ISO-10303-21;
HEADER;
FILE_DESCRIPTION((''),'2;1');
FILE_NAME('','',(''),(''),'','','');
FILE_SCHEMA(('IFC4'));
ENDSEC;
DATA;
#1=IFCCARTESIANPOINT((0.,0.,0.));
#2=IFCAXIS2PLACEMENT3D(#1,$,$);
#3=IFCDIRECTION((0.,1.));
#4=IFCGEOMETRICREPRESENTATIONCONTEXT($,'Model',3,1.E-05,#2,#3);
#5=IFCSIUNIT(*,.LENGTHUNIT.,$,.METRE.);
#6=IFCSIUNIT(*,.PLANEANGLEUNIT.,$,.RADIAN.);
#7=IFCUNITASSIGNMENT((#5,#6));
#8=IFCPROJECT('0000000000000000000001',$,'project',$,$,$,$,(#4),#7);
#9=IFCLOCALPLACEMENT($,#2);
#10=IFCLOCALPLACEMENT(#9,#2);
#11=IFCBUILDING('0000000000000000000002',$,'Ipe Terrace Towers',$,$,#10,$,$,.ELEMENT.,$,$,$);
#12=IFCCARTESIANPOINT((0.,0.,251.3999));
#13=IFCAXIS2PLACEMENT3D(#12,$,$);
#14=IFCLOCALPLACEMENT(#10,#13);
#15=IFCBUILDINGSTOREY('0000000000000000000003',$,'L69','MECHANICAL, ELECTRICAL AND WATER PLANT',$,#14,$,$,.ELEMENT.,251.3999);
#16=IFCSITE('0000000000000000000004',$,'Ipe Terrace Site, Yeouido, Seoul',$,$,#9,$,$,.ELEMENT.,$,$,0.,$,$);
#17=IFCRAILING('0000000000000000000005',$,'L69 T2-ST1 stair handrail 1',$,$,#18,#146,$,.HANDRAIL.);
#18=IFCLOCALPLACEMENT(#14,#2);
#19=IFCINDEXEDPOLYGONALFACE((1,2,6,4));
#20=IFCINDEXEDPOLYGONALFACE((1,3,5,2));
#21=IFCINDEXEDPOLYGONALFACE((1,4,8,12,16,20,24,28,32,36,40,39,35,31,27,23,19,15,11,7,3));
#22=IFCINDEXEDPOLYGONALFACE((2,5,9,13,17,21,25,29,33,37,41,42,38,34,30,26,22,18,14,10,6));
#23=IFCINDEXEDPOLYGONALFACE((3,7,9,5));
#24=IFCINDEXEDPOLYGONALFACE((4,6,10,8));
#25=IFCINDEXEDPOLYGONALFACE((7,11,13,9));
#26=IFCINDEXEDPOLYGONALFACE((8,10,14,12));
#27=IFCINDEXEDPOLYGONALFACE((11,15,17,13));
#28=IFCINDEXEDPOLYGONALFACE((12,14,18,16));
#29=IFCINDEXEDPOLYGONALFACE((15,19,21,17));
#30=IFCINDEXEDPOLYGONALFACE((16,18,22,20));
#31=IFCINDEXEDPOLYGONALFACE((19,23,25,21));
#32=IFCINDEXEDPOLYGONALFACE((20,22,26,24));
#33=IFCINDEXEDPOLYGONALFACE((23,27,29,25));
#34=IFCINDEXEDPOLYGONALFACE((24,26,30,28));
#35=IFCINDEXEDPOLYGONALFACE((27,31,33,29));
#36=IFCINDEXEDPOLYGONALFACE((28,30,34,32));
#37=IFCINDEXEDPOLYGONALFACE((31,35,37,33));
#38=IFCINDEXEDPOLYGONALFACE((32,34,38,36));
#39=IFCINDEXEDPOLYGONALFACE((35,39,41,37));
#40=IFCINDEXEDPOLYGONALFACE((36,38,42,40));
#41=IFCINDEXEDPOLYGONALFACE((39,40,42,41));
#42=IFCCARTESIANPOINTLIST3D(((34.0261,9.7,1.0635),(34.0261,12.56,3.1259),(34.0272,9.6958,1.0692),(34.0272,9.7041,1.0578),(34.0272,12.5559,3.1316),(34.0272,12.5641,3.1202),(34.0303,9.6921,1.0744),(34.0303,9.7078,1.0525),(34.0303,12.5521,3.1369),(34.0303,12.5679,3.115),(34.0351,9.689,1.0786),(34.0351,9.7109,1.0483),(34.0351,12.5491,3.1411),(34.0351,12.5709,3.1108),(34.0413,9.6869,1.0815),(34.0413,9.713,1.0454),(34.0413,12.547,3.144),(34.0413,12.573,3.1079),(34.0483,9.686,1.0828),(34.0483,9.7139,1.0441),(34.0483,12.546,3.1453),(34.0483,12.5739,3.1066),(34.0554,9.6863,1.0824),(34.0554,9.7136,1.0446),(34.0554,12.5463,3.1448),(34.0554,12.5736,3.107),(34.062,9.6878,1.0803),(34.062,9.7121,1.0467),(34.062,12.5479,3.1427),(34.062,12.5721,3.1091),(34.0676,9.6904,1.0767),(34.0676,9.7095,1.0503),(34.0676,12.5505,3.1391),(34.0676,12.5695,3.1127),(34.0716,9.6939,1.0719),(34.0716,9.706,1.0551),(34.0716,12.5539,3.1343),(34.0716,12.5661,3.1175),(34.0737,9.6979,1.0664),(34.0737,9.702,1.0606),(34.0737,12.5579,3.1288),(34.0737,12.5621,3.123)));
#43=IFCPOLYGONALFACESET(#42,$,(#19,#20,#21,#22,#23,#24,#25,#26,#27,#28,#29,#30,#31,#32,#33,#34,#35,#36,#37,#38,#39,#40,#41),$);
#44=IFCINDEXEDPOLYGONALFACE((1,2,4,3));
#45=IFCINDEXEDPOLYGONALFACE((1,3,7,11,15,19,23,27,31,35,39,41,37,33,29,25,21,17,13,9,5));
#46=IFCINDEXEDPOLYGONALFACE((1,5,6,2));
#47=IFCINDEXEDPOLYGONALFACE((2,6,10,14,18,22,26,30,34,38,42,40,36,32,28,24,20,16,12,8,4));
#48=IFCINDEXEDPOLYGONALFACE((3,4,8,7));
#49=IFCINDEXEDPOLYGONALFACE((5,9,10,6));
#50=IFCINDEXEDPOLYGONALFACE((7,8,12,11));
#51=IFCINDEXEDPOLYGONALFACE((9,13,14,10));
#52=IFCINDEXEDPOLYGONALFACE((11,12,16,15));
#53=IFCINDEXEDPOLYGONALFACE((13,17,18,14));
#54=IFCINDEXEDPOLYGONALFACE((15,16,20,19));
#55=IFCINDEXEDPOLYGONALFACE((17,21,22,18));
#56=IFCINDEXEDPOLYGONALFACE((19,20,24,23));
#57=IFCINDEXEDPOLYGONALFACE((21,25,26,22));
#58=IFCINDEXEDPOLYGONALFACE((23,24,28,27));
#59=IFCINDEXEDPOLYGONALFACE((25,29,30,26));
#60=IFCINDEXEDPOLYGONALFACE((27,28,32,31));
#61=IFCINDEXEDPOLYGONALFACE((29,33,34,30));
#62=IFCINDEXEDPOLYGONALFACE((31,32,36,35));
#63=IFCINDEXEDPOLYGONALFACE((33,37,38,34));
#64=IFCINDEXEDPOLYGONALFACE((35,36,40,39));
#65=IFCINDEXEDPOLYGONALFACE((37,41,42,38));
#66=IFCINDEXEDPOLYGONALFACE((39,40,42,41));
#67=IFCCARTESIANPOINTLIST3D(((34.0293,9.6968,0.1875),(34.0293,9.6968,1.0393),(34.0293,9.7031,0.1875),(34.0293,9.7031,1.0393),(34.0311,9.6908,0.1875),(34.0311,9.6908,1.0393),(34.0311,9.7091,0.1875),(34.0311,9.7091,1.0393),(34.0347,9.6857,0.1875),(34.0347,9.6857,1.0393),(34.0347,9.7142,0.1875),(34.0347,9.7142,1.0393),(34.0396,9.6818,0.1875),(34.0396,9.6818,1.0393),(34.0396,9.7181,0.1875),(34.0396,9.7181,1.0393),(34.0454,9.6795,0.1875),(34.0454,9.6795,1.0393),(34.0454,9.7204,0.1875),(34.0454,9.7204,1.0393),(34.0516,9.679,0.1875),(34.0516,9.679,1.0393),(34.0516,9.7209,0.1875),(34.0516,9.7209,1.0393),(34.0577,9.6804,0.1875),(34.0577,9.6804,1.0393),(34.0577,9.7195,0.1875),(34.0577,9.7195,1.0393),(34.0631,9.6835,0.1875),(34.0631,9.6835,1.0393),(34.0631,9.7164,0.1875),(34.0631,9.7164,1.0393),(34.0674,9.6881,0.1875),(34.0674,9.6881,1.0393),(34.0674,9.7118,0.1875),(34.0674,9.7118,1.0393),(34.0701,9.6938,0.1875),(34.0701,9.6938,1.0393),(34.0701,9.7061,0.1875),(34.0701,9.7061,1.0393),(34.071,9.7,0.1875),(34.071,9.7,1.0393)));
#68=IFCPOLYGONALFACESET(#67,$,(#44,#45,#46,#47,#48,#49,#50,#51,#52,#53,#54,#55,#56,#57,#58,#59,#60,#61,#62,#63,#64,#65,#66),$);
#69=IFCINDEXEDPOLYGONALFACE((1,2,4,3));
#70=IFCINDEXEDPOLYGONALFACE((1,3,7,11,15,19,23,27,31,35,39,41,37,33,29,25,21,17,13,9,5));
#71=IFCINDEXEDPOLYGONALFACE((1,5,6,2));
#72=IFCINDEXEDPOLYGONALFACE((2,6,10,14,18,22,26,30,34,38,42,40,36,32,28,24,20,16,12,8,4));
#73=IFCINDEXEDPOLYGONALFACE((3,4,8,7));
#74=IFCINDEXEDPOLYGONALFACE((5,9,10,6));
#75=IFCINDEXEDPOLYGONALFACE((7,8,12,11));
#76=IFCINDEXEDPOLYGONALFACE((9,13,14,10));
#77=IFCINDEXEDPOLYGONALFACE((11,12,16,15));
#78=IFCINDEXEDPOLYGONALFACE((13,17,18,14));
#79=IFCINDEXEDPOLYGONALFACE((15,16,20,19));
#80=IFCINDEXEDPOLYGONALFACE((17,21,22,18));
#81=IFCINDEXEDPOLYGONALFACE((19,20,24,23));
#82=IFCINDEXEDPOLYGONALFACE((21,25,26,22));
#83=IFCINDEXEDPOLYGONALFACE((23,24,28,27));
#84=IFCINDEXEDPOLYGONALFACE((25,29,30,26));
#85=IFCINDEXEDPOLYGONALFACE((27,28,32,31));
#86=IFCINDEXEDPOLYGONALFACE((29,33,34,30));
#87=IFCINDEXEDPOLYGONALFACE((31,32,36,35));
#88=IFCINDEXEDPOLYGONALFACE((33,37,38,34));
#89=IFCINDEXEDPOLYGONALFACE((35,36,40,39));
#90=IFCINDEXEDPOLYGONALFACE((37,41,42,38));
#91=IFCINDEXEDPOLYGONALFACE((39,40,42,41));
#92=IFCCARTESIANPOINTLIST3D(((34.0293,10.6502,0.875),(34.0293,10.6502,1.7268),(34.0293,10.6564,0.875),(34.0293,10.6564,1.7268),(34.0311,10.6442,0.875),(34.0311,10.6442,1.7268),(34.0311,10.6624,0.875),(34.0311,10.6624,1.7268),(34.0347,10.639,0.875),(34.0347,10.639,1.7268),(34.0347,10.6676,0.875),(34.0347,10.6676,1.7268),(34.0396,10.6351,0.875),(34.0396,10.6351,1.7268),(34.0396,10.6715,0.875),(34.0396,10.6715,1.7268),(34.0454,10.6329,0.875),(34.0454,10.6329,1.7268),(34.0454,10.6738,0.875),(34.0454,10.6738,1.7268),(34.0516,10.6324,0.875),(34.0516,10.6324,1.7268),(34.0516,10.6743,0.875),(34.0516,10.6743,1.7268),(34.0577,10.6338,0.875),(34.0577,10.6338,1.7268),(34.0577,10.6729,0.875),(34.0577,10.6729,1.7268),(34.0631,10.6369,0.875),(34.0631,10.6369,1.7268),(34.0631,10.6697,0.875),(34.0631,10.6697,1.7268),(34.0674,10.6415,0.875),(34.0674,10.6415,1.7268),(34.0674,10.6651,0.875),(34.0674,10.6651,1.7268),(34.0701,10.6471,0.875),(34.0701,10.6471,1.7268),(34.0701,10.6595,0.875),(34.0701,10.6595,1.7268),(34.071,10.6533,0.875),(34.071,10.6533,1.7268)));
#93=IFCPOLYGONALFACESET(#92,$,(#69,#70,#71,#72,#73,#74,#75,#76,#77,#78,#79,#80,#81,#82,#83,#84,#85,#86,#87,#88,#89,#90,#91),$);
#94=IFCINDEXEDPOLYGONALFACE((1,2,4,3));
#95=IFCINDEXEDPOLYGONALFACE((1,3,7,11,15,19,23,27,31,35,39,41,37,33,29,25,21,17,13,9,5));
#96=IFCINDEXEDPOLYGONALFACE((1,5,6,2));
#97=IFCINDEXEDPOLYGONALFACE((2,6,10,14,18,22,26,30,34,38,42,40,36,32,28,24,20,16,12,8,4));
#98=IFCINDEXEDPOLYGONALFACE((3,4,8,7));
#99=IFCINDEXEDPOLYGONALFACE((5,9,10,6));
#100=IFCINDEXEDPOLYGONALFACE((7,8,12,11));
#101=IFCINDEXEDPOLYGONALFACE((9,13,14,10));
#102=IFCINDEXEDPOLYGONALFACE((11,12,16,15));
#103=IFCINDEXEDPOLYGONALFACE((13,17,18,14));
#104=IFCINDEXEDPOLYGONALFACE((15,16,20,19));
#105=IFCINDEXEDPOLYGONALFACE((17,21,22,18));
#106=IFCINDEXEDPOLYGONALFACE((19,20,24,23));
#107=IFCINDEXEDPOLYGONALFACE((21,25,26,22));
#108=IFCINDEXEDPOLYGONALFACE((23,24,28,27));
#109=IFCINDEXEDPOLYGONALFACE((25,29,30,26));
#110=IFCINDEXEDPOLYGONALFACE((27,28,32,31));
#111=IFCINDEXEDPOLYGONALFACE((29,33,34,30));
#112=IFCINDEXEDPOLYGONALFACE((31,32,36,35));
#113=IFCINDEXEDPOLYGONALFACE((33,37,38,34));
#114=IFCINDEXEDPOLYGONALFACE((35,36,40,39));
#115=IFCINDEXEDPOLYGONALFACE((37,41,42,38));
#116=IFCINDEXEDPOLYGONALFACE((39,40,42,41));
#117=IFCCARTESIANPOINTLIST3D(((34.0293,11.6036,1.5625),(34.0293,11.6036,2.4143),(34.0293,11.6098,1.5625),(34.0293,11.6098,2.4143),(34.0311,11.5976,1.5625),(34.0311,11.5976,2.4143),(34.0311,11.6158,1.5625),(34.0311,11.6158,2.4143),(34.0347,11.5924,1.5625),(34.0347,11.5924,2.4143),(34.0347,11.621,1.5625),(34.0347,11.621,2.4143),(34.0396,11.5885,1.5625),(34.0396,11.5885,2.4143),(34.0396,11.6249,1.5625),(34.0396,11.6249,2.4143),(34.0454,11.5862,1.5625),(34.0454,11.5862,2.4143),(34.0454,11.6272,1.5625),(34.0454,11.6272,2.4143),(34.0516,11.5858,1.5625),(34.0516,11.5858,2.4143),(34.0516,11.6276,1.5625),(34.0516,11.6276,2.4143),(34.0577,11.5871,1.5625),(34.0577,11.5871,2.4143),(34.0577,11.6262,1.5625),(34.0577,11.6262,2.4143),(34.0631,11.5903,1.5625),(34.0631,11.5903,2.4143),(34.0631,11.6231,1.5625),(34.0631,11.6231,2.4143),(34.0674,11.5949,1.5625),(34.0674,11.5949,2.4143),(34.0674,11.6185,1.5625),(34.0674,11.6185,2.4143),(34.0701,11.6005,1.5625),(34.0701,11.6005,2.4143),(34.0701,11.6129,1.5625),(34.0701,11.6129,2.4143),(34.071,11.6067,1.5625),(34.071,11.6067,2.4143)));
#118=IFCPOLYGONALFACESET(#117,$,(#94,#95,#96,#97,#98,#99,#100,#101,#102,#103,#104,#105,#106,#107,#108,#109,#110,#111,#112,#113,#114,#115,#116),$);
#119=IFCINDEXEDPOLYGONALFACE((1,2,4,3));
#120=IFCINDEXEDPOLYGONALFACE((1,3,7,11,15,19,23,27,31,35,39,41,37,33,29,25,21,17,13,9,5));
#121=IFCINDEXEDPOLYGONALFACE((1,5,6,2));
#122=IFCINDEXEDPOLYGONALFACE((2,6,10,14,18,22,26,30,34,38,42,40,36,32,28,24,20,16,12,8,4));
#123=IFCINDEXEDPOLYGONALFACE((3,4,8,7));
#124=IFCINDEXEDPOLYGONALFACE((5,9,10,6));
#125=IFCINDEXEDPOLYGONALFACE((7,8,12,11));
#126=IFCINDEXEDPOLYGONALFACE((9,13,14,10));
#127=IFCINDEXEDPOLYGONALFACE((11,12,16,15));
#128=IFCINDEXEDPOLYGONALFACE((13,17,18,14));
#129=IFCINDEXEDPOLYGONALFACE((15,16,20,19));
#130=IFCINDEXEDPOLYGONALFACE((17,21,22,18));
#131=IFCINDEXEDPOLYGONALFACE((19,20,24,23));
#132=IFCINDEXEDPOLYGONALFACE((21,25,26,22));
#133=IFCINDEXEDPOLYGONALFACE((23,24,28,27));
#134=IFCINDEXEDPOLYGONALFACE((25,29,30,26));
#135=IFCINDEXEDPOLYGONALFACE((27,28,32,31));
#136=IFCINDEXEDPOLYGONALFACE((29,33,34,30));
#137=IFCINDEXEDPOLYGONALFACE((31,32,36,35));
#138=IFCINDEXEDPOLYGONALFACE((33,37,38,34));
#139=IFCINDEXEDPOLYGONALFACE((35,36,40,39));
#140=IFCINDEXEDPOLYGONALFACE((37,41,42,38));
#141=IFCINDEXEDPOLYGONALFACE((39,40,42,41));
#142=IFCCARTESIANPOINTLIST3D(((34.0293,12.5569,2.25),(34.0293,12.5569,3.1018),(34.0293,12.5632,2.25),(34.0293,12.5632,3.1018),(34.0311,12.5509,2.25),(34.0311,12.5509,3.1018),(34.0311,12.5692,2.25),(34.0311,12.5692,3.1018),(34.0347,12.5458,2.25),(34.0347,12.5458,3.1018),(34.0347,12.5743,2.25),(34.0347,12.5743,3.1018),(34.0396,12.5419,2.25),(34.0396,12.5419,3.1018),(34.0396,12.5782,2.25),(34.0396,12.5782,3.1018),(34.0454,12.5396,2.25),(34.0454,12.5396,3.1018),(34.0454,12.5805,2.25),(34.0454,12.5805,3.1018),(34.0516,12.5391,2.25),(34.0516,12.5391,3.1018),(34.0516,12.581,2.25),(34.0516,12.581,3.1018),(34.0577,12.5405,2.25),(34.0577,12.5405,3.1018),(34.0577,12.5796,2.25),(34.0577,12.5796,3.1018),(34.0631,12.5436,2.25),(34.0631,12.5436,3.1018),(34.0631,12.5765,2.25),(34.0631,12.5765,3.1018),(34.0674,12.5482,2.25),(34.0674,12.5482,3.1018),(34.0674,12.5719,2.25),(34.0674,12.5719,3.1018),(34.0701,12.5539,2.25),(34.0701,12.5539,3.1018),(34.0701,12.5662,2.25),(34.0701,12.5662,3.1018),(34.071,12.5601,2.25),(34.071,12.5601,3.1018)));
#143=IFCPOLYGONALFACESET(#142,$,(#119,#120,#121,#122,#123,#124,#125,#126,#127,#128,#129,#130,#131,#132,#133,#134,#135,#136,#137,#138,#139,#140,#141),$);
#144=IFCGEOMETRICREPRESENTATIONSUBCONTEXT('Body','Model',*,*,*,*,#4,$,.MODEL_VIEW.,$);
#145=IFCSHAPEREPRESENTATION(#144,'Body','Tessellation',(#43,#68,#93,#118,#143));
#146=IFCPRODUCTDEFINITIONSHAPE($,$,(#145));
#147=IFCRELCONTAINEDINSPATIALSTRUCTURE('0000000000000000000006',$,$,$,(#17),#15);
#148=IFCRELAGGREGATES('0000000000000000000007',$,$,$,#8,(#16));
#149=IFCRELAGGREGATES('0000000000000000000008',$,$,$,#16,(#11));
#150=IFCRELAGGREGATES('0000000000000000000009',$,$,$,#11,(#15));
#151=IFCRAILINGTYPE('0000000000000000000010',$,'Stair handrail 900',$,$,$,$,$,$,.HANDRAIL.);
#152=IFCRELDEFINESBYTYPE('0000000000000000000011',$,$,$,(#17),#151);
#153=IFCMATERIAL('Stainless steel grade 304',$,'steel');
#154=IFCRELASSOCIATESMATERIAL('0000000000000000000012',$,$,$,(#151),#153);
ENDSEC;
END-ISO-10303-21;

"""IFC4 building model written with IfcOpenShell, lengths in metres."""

from ifc_helpers import new_model, si_unit, direction, frame, origin, origin_2d, place, context, subcontext, project, spatial, circle, extrude, material, type_object, element, save


model = new_model("IFC4")

# Units and contexts
model_context = context("Model", 3, precision=1e-05, world=origin(), true_north=direction((0.0, 1.0)))
body_context = subcontext(model_context, "Body", "Model", "MODEL_VIEW")
ifc_project = project(units=[si_unit("LENGTHUNIT", "METRE"), si_unit("PLANEANGLEUNIT", "RADIAN")], contexts=[model_context])

# Site, building, storey
site_placement = place(None, origin())
site = spatial("IfcSite", under=ifc_project, at=site_placement, Name="Ipe Terrace Site, Yeouido, Seoul", CompositionType="ELEMENT", RefElevation=0.0)
building_placement = place(site_placement, origin())
building = spatial("IfcBuilding", under=site, at=building_placement, Name="Ipe Terrace Towers", CompositionType="ELEMENT")
storey_placement = place(building_placement, frame((0.0, 0.0, 251.3999)))
storey = spatial("IfcBuildingStorey", under=building, at=storey_placement, Name="L69", Description="MECHANICAL, ELECTRICAL AND WATER PLANT", CompositionType="ELEMENT", Elevation=251.3999)

# Railing
ifc_material_1 = material(Name="Stainless steel grade 304", Category="steel")
railing_type_1 = type_object("IfcRailingType", Name="Stair handrail 900", PredefinedType="HANDRAIL", material=ifc_material_1)
railing_1_placement = place(storey_placement, frame((34.05, 9.7, 0.1875)))
element("IfcRailing", 1, at=railing_1_placement, inside=storey, type_object=railing_type_1, Name="L69 T2-ST1 stair handrail 1", PredefinedType="HANDRAIL", context=body_context, shape_type="SweptSolid", body=[
    extrude(circle(Radius=0.0239, at=origin_2d()), frame((0.0, 0.0, 0.876), z_axis=(0.0, 0.811101, 0.584906), x_axis=(-1.0, 0.0, 0.0)), (0.0, 0.0, 1.0), 3.5261),
    extrude(circle(Radius=0.021, at=origin_2d()), origin(), (0.0, 0.0, 1.0), 0.8518),
    extrude(circle(Radius=0.021, at=origin_2d()), frame((0.0, 0.9534, 0.6875)), (0.0, 0.0, 1.0), 0.8518),
    extrude(circle(Radius=0.021, at=origin_2d()), frame((0.0, 1.9067, 1.375)), (0.0, 0.0, 1.0), 0.8518),
    extrude(circle(Radius=0.021, at=origin_2d()), frame((0.0, 2.8601, 2.0625)), (0.0, 0.0, 1.0), 0.8518),
])

save(model, "model.ifc")
